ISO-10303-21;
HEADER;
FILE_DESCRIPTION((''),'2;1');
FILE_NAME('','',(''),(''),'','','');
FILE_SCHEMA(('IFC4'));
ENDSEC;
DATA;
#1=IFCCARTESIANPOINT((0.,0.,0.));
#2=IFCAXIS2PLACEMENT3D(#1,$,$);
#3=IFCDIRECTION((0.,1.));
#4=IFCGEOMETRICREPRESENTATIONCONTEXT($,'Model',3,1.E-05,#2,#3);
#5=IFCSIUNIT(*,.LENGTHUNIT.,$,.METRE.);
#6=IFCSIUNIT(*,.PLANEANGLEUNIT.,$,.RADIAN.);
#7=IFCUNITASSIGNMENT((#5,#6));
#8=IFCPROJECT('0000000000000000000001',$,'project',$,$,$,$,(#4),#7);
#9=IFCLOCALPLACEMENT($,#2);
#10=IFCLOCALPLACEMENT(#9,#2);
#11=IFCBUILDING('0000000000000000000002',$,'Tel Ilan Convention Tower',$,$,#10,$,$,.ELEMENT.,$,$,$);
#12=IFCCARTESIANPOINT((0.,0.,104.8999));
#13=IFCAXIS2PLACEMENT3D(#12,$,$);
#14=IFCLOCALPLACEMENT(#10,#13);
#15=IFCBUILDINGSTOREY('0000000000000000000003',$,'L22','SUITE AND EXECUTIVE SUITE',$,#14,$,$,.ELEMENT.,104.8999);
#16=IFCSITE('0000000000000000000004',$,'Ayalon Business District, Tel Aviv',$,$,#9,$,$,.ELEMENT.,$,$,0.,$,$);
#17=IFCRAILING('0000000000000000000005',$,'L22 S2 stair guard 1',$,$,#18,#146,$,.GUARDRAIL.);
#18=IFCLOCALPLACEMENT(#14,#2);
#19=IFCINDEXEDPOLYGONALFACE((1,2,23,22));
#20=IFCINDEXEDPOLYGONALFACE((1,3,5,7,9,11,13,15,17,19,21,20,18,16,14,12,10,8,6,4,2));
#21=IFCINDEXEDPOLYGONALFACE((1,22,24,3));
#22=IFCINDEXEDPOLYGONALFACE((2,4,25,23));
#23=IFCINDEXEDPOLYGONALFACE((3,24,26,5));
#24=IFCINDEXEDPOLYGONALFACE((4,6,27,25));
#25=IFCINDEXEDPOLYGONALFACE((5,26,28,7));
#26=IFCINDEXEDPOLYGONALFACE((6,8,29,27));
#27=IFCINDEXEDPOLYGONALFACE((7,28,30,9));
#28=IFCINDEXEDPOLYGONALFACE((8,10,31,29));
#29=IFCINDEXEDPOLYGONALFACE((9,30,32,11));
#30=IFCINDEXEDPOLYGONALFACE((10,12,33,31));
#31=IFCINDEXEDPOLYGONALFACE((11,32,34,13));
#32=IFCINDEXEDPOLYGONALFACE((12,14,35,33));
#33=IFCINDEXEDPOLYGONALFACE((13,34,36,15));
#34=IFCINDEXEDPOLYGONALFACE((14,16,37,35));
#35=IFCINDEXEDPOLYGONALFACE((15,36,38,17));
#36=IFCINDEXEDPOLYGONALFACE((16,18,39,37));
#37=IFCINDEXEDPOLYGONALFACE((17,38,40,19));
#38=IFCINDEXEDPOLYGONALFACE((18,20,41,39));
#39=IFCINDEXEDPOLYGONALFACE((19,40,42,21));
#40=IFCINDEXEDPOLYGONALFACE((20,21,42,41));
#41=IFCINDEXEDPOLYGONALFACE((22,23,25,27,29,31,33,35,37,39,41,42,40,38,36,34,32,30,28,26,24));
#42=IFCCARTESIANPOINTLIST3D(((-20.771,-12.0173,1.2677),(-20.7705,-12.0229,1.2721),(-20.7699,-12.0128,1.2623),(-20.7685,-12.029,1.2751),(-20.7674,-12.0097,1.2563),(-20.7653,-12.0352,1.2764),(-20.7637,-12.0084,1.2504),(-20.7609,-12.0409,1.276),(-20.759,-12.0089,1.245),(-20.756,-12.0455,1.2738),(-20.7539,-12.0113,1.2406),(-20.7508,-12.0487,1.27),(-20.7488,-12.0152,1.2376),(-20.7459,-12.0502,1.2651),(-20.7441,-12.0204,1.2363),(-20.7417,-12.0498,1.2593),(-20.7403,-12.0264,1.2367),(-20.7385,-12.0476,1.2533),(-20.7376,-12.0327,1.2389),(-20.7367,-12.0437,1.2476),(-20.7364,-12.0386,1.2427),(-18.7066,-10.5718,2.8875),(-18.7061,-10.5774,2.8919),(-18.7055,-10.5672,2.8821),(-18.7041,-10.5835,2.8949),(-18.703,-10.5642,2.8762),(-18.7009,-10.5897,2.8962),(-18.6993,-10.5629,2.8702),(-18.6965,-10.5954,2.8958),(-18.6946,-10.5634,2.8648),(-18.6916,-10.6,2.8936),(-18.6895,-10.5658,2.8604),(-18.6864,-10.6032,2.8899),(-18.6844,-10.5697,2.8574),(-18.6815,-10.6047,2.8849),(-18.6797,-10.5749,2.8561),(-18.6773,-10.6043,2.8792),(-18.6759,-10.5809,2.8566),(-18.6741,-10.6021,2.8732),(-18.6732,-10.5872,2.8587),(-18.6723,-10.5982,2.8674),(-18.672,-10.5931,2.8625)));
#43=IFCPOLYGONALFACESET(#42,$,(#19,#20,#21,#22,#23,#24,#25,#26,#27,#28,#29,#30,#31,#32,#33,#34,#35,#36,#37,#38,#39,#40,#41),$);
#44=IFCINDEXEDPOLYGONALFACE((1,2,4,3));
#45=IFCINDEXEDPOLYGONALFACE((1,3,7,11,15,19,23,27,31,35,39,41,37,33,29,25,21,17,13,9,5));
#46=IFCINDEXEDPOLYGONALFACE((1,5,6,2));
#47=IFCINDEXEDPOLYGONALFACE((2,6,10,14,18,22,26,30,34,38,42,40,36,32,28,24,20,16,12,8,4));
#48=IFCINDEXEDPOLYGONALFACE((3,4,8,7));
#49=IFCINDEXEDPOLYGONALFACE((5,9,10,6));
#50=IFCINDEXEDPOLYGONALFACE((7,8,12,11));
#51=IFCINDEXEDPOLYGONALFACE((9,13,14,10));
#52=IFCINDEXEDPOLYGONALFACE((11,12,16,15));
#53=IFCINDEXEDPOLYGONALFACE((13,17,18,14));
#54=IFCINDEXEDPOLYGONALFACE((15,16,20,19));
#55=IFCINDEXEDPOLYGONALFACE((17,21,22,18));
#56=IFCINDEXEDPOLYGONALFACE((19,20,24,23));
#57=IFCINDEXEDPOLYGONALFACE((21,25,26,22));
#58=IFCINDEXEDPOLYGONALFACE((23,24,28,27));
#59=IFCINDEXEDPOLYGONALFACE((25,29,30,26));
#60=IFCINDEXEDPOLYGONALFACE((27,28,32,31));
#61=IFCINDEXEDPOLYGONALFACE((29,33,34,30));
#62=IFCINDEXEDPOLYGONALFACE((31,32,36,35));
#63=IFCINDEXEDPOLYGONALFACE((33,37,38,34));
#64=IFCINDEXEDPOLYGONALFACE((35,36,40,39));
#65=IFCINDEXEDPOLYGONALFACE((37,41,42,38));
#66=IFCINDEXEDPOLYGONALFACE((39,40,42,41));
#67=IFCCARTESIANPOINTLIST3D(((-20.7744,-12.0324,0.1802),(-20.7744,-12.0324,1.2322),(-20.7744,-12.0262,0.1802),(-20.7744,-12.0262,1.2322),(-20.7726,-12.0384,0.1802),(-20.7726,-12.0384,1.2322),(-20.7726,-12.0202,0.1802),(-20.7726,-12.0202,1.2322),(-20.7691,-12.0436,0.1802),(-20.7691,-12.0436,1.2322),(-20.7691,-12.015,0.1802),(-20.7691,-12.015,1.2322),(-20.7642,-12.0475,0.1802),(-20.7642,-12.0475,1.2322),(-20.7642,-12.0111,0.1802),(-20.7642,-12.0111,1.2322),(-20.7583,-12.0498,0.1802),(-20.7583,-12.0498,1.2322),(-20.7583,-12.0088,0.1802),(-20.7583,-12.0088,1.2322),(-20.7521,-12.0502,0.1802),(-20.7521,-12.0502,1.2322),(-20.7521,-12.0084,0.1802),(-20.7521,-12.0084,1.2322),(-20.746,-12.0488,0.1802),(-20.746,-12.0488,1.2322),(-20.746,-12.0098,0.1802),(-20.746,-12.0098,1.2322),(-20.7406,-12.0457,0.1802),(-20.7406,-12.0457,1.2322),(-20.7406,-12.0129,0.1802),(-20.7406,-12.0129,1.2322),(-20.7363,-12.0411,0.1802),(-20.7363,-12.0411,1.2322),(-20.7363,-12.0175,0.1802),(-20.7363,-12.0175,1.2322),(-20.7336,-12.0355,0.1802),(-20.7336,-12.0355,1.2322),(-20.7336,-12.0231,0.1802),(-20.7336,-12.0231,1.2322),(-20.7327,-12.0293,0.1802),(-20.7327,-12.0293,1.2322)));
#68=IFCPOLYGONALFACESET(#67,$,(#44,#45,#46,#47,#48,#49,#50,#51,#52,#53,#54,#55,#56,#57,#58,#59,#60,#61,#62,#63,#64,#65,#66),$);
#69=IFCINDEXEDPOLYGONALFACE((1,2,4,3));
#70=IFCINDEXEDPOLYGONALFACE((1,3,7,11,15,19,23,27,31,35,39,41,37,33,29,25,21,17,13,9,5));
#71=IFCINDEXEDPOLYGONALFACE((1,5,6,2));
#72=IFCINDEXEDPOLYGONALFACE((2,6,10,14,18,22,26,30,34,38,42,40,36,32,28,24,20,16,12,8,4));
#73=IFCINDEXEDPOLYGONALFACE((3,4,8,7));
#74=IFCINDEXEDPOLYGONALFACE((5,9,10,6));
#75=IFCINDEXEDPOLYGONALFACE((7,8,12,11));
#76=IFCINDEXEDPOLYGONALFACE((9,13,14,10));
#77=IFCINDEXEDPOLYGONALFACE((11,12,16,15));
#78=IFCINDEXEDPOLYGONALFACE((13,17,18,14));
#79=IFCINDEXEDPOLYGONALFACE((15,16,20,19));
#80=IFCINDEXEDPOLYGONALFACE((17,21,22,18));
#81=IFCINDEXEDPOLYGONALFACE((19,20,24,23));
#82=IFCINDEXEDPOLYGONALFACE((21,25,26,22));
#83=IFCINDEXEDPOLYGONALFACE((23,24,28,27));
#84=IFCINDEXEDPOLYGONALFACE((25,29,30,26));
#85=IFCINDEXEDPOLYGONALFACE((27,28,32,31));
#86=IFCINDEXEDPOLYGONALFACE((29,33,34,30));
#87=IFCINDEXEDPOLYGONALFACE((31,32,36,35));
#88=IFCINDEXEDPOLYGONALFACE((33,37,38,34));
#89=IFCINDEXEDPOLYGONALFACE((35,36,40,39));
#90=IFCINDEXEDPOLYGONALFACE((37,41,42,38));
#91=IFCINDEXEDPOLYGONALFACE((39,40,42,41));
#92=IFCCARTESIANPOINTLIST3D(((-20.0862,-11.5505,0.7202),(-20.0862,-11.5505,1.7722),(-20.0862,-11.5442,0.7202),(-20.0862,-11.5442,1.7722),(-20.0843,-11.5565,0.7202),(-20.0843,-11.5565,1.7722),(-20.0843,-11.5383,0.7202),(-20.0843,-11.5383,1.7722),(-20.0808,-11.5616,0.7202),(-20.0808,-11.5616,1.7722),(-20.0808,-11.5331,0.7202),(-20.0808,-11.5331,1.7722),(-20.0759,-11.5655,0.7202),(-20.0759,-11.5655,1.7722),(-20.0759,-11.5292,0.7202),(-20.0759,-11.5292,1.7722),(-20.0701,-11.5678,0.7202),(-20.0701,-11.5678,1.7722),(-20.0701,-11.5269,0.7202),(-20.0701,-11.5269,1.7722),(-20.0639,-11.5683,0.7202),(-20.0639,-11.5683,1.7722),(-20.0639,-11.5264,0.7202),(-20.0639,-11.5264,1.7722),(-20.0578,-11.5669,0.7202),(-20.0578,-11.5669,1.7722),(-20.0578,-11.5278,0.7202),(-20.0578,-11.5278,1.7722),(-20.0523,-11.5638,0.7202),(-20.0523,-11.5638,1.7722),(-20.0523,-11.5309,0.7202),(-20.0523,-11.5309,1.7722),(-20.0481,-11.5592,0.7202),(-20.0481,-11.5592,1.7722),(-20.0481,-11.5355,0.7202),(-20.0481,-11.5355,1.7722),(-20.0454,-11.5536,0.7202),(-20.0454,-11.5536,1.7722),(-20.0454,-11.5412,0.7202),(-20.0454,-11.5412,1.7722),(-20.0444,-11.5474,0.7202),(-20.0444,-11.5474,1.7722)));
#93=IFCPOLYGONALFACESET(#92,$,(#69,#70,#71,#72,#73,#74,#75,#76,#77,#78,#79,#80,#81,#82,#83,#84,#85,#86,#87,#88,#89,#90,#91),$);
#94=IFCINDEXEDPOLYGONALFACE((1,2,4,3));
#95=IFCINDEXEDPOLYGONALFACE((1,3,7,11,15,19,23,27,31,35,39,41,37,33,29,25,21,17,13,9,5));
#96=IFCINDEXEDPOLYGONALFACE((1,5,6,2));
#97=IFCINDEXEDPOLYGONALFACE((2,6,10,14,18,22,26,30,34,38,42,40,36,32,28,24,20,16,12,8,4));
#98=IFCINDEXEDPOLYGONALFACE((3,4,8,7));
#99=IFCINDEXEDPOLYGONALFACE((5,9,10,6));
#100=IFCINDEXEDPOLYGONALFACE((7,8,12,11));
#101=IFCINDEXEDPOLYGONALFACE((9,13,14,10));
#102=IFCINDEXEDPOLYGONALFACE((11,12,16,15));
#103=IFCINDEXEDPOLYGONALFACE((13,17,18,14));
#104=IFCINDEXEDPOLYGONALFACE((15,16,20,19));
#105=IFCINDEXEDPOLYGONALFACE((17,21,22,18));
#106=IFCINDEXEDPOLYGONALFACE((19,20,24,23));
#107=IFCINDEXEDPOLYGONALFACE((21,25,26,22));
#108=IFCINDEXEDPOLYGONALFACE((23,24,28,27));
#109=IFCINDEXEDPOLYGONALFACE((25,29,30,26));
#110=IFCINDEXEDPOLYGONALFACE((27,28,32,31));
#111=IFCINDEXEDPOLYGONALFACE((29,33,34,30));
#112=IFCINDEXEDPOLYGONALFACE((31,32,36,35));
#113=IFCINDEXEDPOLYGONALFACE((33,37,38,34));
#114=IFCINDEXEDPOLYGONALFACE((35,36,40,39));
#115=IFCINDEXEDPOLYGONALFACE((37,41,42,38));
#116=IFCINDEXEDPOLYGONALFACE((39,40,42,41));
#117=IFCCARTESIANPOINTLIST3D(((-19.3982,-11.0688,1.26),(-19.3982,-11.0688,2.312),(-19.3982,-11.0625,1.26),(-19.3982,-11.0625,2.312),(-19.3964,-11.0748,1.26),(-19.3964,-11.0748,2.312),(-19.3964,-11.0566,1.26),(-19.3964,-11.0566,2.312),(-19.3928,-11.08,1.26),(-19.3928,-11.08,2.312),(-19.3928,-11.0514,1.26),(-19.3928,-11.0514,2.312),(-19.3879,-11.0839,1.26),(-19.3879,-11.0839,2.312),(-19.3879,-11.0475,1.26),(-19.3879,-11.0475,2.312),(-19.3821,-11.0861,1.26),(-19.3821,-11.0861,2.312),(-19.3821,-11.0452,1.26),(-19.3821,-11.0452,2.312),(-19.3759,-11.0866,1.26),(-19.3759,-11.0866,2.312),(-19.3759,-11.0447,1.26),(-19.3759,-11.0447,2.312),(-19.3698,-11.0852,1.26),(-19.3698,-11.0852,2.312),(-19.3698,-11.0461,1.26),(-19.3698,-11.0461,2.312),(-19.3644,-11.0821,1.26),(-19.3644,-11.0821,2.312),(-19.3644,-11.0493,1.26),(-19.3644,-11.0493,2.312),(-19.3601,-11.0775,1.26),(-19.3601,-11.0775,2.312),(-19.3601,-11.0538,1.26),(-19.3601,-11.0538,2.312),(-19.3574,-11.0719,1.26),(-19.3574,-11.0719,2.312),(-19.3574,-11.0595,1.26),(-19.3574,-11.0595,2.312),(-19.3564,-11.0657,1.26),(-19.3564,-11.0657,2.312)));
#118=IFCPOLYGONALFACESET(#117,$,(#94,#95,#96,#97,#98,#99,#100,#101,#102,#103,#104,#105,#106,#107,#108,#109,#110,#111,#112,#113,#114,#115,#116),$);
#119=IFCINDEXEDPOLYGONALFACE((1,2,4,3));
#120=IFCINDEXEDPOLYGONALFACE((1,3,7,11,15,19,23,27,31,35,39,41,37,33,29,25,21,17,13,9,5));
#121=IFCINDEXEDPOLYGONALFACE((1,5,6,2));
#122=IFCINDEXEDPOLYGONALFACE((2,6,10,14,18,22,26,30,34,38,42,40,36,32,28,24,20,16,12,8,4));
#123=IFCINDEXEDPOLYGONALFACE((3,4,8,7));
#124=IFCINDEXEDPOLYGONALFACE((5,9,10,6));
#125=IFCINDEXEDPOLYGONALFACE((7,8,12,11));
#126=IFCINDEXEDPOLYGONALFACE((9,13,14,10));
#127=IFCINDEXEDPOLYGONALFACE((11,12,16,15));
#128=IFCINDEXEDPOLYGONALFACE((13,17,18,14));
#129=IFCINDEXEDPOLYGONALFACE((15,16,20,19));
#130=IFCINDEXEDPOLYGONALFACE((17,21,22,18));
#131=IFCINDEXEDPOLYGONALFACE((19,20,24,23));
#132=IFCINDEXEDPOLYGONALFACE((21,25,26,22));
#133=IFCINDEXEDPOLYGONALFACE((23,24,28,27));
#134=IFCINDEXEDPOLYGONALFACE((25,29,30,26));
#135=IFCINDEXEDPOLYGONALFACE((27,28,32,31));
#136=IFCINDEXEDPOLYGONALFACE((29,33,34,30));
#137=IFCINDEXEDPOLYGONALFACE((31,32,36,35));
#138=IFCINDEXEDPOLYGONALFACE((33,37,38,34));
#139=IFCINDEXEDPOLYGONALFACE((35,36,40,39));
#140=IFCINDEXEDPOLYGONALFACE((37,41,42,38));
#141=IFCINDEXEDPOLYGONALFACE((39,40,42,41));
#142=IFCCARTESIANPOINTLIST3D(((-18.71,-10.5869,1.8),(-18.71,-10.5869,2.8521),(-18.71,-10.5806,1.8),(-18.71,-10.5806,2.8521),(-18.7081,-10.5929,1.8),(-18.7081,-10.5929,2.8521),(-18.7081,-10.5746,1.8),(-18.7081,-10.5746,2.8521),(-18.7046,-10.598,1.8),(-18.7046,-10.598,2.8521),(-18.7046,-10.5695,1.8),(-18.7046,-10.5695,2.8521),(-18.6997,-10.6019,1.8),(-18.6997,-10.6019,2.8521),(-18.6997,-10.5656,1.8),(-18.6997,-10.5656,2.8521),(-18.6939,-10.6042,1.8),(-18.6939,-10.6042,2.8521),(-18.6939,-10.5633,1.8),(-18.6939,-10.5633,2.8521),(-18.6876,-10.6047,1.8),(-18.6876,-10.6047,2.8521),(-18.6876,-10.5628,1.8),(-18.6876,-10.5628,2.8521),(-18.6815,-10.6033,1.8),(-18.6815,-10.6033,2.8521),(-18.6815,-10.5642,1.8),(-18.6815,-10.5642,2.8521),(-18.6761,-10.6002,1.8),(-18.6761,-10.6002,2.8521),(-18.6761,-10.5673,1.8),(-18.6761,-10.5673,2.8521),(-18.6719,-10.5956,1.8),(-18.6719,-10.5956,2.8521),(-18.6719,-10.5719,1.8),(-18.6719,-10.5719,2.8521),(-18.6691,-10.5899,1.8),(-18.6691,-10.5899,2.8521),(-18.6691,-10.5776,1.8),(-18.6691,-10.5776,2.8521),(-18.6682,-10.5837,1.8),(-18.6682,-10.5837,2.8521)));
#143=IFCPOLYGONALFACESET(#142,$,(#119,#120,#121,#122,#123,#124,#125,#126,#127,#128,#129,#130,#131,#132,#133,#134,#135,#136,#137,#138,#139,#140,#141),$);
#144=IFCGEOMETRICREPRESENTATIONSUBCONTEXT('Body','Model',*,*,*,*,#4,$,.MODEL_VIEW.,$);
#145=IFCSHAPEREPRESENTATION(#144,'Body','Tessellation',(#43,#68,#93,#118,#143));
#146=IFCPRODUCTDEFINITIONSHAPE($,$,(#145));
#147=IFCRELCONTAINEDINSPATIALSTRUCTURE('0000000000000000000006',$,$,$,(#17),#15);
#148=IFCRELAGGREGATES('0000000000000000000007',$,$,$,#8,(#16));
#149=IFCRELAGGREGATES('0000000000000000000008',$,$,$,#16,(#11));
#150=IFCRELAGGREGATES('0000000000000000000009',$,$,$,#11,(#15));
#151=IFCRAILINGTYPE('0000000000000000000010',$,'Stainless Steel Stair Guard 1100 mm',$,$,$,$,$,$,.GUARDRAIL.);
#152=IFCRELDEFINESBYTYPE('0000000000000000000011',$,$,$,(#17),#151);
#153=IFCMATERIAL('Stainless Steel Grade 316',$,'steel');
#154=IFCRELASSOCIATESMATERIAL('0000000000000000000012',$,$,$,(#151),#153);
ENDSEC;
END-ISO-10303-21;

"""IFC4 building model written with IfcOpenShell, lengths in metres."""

from ifc_helpers import new_model, si_unit, direction, frame, origin, origin_2d, place, context, subcontext, project, spatial, circle, extrude, material, type_object, element, save


model = new_model("IFC4")

# Units and contexts
model_context = context("Model", 3, precision=1e-05, world=origin(), true_north=direction((0.0, 1.0)))
body_context = subcontext(model_context, "Body", "Model", "MODEL_VIEW")
ifc_project = project(units=[si_unit("LENGTHUNIT", "METRE"), si_unit("PLANEANGLEUNIT", "RADIAN")], contexts=[model_context])

# Site, building, storey
site_placement = place(None, origin())
site = spatial("IfcSite", under=ifc_project, at=site_placement, Name="Ayalon Business District, Tel Aviv", CompositionType="ELEMENT", RefElevation=0.0)
building_placement = place(site_placement, origin())
building = spatial("IfcBuilding", under=site, at=building_placement, Name="Tel Ilan Convention Tower", CompositionType="ELEMENT")
storey_placement = place(building_placement, frame((0.0, 0.0, 104.8999)))
storey = spatial("IfcBuildingStorey", under=building, at=storey_placement, Name="L22", Description="SUITE AND EXECUTIVE SUITE", CompositionType="ELEMENT", Elevation=104.8999)

# Railing
ifc_material_1 = material(Name="Stainless Steel Grade 316", Category="steel")
railing_type_1 = type_object("IfcRailingType", Name="Stainless Steel Stair Guard 1100 mm", PredefinedType="GUARDRAIL", material=ifc_material_1)
railing_1_placement = place(storey_placement, frame((-20.7537, -12.0293, 0.1802)))
element("IfcRailing", 1, at=railing_1_placement, inside=storey, type_object=railing_type_1, Name="L22 S2 stair guard 1", PredefinedType="GUARDRAIL", context=body_context, shape_type="SweptSolid", body=[
    extrude(circle(Radius=0.0239, at=origin_2d()), frame((0.0, 0.0, 1.0762), z_axis=(0.689086, 0.482507, 0.540691), x_axis=(-0.573579, 0.81915, 0.0)), (0.0, 0.0, 1.0), 2.9958),
    extrude(circle(Radius=0.021, at=origin_2d()), origin(), (0.0, 0.0, 1.0), 1.052),
    extrude(circle(Radius=0.021, at=origin_2d()), frame((0.6882, 0.4819, 0.54)), (0.0, 0.0, 1.0), 1.052),
    extrude(circle(Radius=0.021, at=origin_2d()), frame((1.3762, 0.9636, 1.0798)), (0.0, 0.0, 1.0), 1.052),
    extrude(circle(Radius=0.021, at=origin_2d()), frame((2.0645, 1.4456, 1.6199)), (0.0, 0.0, 1.0), 1.052),
])

save(model, "model.ifc")
